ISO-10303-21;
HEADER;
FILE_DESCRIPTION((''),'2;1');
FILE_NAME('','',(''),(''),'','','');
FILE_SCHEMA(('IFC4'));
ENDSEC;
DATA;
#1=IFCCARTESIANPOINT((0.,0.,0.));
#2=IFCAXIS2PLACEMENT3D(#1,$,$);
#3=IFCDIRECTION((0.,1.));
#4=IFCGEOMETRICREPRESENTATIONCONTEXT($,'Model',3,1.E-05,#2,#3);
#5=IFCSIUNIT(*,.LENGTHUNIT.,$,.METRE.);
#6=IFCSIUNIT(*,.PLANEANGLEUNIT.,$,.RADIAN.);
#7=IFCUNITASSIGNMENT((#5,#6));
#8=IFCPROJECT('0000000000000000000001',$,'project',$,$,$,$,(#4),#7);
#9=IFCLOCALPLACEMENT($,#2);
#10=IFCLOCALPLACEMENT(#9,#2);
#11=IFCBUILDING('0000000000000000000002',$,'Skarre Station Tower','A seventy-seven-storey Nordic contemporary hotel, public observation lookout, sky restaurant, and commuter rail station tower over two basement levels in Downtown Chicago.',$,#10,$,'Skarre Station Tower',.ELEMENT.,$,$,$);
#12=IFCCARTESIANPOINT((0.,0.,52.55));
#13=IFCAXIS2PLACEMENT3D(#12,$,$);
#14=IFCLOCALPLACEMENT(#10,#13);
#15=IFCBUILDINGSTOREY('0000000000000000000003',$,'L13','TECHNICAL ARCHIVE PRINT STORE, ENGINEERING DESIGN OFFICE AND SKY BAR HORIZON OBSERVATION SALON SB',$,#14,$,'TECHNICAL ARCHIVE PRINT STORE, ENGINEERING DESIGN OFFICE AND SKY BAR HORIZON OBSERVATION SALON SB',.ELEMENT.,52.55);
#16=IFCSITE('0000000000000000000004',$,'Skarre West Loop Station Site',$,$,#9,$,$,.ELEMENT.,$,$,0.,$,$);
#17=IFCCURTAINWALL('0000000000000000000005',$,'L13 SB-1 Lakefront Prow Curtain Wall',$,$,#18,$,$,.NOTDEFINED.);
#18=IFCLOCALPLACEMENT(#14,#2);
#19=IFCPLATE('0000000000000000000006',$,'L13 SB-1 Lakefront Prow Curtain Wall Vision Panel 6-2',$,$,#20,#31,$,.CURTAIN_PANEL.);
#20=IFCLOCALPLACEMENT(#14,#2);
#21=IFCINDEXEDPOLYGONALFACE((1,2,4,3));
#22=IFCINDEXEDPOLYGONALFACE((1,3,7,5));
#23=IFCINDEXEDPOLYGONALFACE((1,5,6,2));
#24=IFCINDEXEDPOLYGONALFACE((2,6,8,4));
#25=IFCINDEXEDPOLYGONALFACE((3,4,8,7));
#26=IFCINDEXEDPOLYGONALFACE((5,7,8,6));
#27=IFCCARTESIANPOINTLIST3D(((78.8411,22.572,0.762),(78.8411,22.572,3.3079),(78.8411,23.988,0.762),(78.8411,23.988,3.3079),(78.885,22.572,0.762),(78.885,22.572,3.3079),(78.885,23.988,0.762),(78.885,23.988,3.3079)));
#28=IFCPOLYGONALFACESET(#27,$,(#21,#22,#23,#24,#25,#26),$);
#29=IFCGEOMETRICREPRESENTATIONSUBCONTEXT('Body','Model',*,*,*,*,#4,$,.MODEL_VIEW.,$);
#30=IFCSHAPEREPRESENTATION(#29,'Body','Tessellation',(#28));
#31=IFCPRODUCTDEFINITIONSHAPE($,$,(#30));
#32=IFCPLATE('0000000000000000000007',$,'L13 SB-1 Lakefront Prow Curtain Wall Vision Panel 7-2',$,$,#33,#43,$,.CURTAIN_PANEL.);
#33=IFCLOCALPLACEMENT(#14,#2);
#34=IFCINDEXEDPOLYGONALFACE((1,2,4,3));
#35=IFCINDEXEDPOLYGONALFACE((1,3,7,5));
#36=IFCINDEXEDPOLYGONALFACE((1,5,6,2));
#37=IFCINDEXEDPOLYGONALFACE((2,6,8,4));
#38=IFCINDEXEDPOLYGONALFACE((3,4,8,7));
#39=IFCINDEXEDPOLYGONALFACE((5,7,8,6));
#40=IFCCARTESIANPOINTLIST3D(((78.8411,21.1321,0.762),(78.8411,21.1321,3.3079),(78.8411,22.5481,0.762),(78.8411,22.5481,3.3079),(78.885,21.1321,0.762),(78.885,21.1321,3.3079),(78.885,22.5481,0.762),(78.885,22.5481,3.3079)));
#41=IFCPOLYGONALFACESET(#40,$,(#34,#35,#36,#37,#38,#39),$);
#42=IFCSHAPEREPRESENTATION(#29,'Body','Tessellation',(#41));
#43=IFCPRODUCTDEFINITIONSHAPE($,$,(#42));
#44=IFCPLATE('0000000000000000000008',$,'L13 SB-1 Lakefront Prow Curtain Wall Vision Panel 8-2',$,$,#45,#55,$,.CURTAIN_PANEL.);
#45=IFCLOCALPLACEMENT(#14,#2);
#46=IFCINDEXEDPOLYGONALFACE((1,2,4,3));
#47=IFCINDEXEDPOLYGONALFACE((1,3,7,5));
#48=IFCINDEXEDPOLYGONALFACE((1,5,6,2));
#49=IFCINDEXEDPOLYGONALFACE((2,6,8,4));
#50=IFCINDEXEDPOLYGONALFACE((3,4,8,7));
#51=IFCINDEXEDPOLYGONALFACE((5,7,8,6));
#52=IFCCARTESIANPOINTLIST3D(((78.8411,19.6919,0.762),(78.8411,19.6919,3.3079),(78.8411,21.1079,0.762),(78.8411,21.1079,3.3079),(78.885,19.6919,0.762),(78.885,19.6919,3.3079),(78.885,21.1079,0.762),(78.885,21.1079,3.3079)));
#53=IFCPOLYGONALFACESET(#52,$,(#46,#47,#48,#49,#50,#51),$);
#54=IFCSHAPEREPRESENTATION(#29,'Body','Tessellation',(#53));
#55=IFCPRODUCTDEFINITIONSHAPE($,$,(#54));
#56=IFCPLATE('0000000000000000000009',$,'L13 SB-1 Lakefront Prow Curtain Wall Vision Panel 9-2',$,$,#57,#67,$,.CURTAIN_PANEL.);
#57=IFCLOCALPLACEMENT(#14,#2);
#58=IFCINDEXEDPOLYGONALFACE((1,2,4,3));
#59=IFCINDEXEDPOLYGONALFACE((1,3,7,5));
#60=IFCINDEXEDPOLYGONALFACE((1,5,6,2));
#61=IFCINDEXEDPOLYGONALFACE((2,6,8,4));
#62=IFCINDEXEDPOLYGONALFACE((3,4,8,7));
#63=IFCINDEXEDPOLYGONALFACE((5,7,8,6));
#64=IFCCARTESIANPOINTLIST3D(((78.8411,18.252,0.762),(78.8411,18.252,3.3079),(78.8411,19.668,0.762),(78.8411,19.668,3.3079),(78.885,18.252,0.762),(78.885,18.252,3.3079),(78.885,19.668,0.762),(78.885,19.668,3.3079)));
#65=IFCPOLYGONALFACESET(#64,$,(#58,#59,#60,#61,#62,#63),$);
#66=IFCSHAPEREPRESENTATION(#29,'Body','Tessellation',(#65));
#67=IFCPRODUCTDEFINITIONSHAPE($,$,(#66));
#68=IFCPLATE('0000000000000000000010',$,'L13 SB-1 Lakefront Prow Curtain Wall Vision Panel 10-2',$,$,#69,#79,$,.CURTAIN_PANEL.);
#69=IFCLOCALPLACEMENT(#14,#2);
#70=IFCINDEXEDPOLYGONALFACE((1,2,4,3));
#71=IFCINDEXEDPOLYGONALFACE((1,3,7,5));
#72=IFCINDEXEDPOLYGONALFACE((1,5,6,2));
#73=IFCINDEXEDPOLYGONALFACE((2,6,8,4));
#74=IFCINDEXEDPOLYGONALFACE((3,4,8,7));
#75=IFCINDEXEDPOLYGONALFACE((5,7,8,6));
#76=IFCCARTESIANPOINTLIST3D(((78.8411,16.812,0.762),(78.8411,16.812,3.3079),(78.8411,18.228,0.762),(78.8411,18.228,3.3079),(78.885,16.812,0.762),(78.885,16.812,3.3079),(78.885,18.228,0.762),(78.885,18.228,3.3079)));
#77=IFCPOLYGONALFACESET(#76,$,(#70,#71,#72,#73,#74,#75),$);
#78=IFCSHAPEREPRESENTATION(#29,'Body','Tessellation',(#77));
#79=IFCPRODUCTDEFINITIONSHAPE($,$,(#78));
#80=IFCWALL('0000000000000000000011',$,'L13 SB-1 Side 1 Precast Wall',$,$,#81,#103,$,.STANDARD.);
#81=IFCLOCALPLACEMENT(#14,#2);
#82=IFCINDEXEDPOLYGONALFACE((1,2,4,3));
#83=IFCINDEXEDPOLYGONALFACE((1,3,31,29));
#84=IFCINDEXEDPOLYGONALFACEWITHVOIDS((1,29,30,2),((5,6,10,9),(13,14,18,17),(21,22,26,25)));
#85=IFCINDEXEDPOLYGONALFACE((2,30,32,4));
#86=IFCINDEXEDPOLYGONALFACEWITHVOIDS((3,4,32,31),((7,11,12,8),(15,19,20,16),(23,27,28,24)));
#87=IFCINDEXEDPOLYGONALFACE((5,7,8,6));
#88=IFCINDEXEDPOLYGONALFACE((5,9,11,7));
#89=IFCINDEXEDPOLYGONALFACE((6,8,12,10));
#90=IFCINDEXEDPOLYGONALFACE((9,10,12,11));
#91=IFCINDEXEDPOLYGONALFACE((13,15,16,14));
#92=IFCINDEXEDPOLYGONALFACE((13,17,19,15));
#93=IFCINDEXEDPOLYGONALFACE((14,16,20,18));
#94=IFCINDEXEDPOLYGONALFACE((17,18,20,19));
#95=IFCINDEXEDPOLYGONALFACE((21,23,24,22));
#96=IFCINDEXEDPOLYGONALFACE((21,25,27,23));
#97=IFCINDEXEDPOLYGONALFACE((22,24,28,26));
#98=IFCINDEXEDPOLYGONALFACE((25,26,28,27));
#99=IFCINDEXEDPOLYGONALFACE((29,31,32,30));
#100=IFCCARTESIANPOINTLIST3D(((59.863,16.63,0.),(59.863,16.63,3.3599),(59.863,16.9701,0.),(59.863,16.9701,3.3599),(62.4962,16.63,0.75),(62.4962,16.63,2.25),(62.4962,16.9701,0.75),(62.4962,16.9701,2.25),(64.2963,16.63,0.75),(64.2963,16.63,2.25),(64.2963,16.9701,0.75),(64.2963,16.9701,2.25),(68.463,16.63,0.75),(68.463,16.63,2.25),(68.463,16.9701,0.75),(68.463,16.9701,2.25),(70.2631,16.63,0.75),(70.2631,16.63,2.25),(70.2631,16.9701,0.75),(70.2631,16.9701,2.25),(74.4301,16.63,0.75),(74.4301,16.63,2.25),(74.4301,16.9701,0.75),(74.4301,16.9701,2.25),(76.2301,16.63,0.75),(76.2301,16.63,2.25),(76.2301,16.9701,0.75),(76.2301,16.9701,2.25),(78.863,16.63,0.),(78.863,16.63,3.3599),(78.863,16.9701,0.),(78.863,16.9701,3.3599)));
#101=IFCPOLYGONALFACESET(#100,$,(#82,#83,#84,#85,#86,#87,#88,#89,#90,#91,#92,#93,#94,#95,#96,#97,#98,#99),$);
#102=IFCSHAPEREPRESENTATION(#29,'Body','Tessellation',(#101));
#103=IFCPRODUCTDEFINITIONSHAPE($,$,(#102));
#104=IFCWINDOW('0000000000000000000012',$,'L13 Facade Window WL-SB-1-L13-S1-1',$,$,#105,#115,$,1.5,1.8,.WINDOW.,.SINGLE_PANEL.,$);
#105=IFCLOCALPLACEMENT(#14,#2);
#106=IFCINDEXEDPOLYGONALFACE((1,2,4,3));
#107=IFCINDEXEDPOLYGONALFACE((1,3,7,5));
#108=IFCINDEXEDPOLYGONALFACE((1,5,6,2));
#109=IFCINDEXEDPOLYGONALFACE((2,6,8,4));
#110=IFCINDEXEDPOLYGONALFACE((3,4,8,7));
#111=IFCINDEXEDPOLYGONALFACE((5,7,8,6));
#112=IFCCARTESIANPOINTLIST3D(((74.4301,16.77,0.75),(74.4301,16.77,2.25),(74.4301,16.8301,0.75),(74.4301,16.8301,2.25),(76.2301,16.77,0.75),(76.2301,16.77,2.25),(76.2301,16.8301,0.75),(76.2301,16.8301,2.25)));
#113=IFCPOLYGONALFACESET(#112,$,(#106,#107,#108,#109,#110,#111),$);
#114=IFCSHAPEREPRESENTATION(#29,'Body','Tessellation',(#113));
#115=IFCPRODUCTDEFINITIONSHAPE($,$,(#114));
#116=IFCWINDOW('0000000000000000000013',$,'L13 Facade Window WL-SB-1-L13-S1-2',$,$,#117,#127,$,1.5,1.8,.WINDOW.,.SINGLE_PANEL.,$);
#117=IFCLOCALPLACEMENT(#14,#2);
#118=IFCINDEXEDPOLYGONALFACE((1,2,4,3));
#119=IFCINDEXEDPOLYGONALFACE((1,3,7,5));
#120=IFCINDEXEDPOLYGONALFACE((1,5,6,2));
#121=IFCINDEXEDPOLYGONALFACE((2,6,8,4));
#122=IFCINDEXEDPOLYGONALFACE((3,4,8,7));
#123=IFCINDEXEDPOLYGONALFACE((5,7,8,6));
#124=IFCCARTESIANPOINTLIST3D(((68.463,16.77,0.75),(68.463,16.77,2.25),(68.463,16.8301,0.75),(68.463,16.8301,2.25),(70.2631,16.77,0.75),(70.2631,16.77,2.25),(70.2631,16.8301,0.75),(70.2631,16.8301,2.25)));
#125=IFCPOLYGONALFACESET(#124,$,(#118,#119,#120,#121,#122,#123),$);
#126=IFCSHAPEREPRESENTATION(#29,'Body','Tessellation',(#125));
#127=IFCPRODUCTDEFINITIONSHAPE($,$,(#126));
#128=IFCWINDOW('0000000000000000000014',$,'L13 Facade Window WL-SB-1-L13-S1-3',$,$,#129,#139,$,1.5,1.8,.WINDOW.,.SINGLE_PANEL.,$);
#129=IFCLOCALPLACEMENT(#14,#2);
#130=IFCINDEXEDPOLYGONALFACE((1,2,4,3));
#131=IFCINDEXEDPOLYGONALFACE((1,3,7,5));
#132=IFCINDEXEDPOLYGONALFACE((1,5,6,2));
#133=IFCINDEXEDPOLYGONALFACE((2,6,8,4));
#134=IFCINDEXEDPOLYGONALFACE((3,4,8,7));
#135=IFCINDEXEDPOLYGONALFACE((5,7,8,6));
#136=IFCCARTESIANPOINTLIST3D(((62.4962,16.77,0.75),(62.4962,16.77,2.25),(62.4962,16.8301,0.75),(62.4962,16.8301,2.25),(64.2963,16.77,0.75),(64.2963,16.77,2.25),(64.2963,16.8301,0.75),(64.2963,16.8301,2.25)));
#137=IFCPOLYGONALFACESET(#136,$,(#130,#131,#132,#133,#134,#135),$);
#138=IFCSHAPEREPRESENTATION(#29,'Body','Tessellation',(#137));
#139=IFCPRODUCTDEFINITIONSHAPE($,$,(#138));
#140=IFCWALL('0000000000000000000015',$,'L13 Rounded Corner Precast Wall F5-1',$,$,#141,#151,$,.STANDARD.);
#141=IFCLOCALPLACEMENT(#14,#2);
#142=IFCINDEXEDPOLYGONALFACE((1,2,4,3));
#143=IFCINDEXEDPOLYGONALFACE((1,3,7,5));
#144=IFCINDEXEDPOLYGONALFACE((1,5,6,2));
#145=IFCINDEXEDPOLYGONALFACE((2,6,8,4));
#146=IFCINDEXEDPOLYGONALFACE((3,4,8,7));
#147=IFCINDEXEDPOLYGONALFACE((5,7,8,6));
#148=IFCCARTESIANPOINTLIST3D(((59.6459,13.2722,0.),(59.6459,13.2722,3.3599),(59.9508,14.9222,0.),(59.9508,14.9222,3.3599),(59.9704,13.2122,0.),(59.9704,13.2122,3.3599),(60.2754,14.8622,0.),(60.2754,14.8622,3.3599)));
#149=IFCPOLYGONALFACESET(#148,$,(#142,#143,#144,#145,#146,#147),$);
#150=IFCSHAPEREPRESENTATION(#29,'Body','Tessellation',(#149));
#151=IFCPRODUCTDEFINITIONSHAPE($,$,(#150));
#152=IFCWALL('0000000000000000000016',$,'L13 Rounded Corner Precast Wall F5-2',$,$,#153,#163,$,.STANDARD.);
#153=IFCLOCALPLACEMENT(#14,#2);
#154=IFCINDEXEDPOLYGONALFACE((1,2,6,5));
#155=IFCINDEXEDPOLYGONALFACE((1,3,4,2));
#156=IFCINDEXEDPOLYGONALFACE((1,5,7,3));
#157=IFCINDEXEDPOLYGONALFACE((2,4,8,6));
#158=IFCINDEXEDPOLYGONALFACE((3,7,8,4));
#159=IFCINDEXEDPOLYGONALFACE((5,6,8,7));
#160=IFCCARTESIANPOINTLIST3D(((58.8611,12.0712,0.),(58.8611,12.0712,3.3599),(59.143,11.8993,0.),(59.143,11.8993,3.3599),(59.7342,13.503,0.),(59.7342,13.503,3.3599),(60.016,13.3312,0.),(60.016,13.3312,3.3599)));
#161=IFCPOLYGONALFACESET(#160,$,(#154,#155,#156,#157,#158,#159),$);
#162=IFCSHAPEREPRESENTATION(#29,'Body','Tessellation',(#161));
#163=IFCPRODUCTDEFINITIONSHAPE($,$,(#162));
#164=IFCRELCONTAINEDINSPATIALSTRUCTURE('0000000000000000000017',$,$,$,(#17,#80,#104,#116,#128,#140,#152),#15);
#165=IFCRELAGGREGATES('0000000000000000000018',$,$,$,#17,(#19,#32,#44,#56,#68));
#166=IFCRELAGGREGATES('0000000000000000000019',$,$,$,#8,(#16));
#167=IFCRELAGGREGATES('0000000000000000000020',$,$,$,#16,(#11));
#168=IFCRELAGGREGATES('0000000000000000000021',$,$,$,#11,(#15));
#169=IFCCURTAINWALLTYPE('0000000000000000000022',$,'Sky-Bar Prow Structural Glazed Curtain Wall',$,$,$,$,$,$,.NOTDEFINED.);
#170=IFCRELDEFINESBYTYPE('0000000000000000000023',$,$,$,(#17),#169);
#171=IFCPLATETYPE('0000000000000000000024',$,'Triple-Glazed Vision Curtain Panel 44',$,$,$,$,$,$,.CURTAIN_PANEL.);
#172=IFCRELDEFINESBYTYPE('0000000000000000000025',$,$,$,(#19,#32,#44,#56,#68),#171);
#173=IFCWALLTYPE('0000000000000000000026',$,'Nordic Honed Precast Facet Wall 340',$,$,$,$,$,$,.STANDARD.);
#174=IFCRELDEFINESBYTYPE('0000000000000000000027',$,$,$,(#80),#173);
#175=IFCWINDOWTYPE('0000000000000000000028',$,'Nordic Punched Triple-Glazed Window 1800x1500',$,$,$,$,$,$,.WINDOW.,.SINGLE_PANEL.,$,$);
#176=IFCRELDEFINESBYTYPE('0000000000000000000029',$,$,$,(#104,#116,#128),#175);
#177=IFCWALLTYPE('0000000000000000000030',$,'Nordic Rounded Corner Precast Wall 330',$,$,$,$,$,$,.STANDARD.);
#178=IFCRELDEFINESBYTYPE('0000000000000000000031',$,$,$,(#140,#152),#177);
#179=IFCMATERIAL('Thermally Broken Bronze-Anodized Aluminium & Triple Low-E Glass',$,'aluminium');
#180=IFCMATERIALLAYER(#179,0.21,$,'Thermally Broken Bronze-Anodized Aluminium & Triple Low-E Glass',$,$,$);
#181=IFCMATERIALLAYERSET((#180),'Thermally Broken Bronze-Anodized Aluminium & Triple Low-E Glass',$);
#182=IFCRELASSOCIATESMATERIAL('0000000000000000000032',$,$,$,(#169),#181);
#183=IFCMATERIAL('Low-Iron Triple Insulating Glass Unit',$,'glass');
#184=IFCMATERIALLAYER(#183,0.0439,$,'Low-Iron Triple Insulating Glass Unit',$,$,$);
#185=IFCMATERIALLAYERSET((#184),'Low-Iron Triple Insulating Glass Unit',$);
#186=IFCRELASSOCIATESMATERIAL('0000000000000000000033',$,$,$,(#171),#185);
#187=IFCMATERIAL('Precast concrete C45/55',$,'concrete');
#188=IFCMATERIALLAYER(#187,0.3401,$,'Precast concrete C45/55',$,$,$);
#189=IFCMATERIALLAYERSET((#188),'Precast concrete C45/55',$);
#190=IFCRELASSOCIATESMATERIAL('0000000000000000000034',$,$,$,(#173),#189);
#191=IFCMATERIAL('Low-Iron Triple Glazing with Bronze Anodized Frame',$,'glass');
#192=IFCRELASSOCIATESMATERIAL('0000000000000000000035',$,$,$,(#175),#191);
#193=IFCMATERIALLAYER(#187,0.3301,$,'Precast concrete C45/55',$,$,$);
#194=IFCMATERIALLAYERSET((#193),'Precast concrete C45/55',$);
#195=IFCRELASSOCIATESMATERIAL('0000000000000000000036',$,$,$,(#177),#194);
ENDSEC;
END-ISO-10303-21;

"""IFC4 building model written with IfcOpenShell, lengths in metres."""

from ifc_helpers import new_model, si_unit, direction, frame, frame_2d, origin, origin_2d, place, context, subcontext, project, spatial, rectangle, extrude, material, layer, layer_set, type_object, element, fill, aggregate, save


model = new_model("IFC4")

# Units and contexts
model_context = context("Model", 3, precision=1e-05, world=origin(), true_north=direction((0.0, 1.0)))
body_context = subcontext(model_context, "Body", "Model", "MODEL_VIEW")
ifc_project = project(units=[si_unit("LENGTHUNIT", "METRE"), si_unit("PLANEANGLEUNIT", "RADIAN")], contexts=[model_context])

# Site, building, storey
site_placement = place(None, origin())
site = spatial("IfcSite", under=ifc_project, at=site_placement, Name="Skarre West Loop Station Site", CompositionType="ELEMENT", RefElevation=0.0)
building_placement = place(site_placement, origin())
building = spatial("IfcBuilding", under=site, at=building_placement, Name="Skarre Station Tower", Description="A seventy-seven-storey Nordic contemporary hotel, public observation lookout, sky restaurant, and commuter rail station tower over two basement levels in Downtown Chicago.", LongName="Skarre Station Tower", CompositionType="ELEMENT")
storey_placement = place(building_placement, frame((0.0, 0.0, 52.55)))
storey = spatial("IfcBuildingStorey", under=building, at=storey_placement, Name="L13", Description="TECHNICAL ARCHIVE PRINT STORE, ENGINEERING DESIGN OFFICE AND SKY BAR HORIZON OBSERVATION SALON SB", LongName="TECHNICAL ARCHIVE PRINT STORE, ENGINEERING DESIGN OFFICE AND SKY BAR HORIZON OBSERVATION SALON SB", CompositionType="ELEMENT", Elevation=52.55)

# Curtain wall
ifc_material_1 = material(Name="Thermally Broken Bronze-Anodized Aluminium & Triple Low-E Glass", Category="aluminium")
ifc_layer_1 = layer(ifc_material_1, 0.21, Name="Thermally Broken Bronze-Anodized Aluminium & Triple Low-E Glass")
ifc_layer_set_1 = layer_set([ifc_layer_1], Name="Thermally Broken Bronze-Anodized Aluminium & Triple Low-E Glass")
curtain_wall_type = type_object("IfcCurtainWallType", Name="Sky-Bar Prow Structural Glazed Curtain Wall", PredefinedType="NOTDEFINED", material=ifc_layer_set_1)
curtain_wall_placement = place(storey_placement, origin())
curtain_wall = element("IfcCurtainWall", 1, at=curtain_wall_placement, inside=storey, type_object=curtain_wall_type, Name="L13 SB-1 Lakefront Prow Curtain Wall", PredefinedType="NOTDEFINED")

# Plates
ifc_material_2 = material(Name="Low-Iron Triple Insulating Glass Unit", Category="glass")
ifc_layer_2 = layer(ifc_material_2, 0.0439, Name="Low-Iron Triple Insulating Glass Unit")
ifc_layer_set_2 = layer_set([ifc_layer_2], Name="Low-Iron Triple Insulating Glass Unit")
plate_type_1 = type_object("IfcPlateType", Name="Triple-Glazed Vision Curtain Panel 44", PredefinedType="CURTAIN_PANEL", material=ifc_layer_set_2)
plate_1_placement = place(storey_placement, frame((78.863, 23.28, 0.762), z_axis=(0.0, 0.0, 1.0), x_axis=(0.0, -1.0, 0.0)))
plate_1 = element("IfcPlate", 2, at=plate_1_placement, type_object=plate_type_1, Name="L13 SB-1 Lakefront Prow Curtain Wall Vision Panel 6-2", PredefinedType="CURTAIN_PANEL", context=body_context, shape_type="SweptSolid", body=[
    extrude(rectangle(XDim=1.416, YDim=0.0439, at=origin_2d()), origin(), (0.0, 0.0, 1.0), 2.5459),
])
plate_2_placement = place(storey_placement, frame((78.863, 21.8401, 0.762), z_axis=(0.0, 0.0, 1.0), x_axis=(0.0, -1.0, 0.0)))
plate_2 = element("IfcPlate", 3, at=plate_2_placement, type_object=plate_type_1, Name="L13 SB-1 Lakefront Prow Curtain Wall Vision Panel 7-2", PredefinedType="CURTAIN_PANEL", context=body_context, shape_type="SweptSolid", body=[
    extrude(rectangle(XDim=1.416, YDim=0.0439, at=origin_2d()), origin(), (0.0, 0.0, 1.0), 2.5459),
])
plate_3_placement = place(storey_placement, frame((78.863, 20.3999, 0.762), z_axis=(0.0, 0.0, 1.0), x_axis=(0.0, -1.0, 0.0)))
plate_3 = element("IfcPlate", 4, at=plate_3_placement, type_object=plate_type_1, Name="L13 SB-1 Lakefront Prow Curtain Wall Vision Panel 8-2", PredefinedType="CURTAIN_PANEL", context=body_context, shape_type="SweptSolid", body=[
    extrude(rectangle(XDim=1.416, YDim=0.0439, at=origin_2d()), origin(), (0.0, 0.0, 1.0), 2.5459),
])
plate_4_placement = place(storey_placement, frame((78.863, 18.96, 0.762), z_axis=(0.0, 0.0, 1.0), x_axis=(0.0, -1.0, 0.0)))
plate_4 = element("IfcPlate", 5, at=plate_4_placement, type_object=plate_type_1, Name="L13 SB-1 Lakefront Prow Curtain Wall Vision Panel 9-2", PredefinedType="CURTAIN_PANEL", context=body_context, shape_type="SweptSolid", body=[
    extrude(rectangle(XDim=1.416, YDim=0.0439, at=origin_2d()), origin(), (0.0, 0.0, 1.0), 2.5459),
])
plate_5_placement = place(storey_placement, frame((78.863, 17.52, 0.762), z_axis=(0.0, 0.0, 1.0), x_axis=(0.0, -1.0, 0.0)))
plate_5 = element("IfcPlate", 6, at=plate_5_placement, type_object=plate_type_1, Name="L13 SB-1 Lakefront Prow Curtain Wall Vision Panel 10-2", PredefinedType="CURTAIN_PANEL", context=body_context, shape_type="SweptSolid", body=[
    extrude(rectangle(XDim=1.416, YDim=0.0439, at=origin_2d()), origin(), (0.0, 0.0, 1.0), 2.5459),
])
aggregate(curtain_wall, [plate_1, plate_2, plate_3, plate_4, plate_5])

# Wall, openings, windows
ifc_material_3 = material(Name="Precast concrete C45/55", Category="concrete")
ifc_layer_3 = layer(ifc_material_3, 0.3401, Name="Precast concrete C45/55")
ifc_layer_set_3 = layer_set([ifc_layer_3], Name="Precast concrete C45/55")
wall_type_1 = type_object("IfcWallType", Name="Nordic Honed Precast Facet Wall 340", PredefinedType="STANDARD", material=ifc_layer_set_3)
wall_1_placement = place(storey_placement, frame((78.863, 16.8, 0.0), z_axis=(0.0, 0.0, 1.0), x_axis=(-1.0, 0.0, 0.0)))
wall_1 = element("IfcWall", 7, at=wall_1_placement, inside=storey, type_object=wall_type_1, Name="L13 SB-1 Side 1 Precast Wall", PredefinedType="STANDARD", context=body_context, shape_type="SweptSolid", body=[
    extrude(rectangle(XDim=19.0, YDim=0.3401, at=frame_2d((9.5, 0.0))), origin(), (0.0, 0.0, 1.0), 3.3599),
])
opening_1_placement = place(wall_1_placement, frame((2.6331, 0.0, 0.75)))
opening_1 = element("IfcOpeningElement", 8, at=opening_1_placement, cuts=wall_1, PredefinedType="OPENING", context=body_context, shape_type="SweptSolid", body=[
    extrude(rectangle(XDim=1.8, YDim=1.5, at=frame_2d((0.8999, 0.75))), frame((0.0, 0.1799, 0.0), z_axis=(0.0, -1.0, 0.0), x_axis=(1.0, 0.0, 0.0)), (0.0, 0.0, 1.0), 0.3601),
])
opening_2_placement = place(wall_1_placement, frame((8.6001, 0.0, 0.75)))
opening_2 = element("IfcOpeningElement", 9, at=opening_2_placement, cuts=wall_1, PredefinedType="OPENING", context=body_context, shape_type="SweptSolid", body=[
    extrude(rectangle(XDim=1.8, YDim=1.5, at=frame_2d((0.8999, 0.75))), frame((0.0, 0.1799, 0.0), z_axis=(0.0, -1.0, 0.0), x_axis=(1.0, 0.0, 0.0)), (0.0, 0.0, 1.0), 0.3601),
])
opening_3_placement = place(wall_1_placement, frame((14.5669, 0.0, 0.75)))
opening_3 = element("IfcOpeningElement", 10, at=opening_3_placement, cuts=wall_1, PredefinedType="OPENING", context=body_context, shape_type="SweptSolid", body=[
    extrude(rectangle(XDim=1.8, YDim=1.5, at=frame_2d((0.8999, 0.75))), frame((0.0, 0.1799, 0.0), z_axis=(0.0, -1.0, 0.0), x_axis=(1.0, 0.0, 0.0)), (0.0, 0.0, 1.0), 0.3601),
])
ifc_material_4 = material(Name="Low-Iron Triple Glazing with Bronze Anodized Frame", Category="glass")
window_type = type_object("IfcWindowType", Name="Nordic Punched Triple-Glazed Window 1800x1500", PartitioningType="SINGLE_PANEL", PredefinedType="WINDOW", material=ifc_material_4)
window_1_placement = place(opening_1_placement, origin())
window_1 = element("IfcWindow", 11, at=window_1_placement, inside=storey, type_object=window_type, Name="L13 Facade Window WL-SB-1-L13-S1-1", OverallHeight=1.5, OverallWidth=1.8, PartitioningType="SINGLE_PANEL", PredefinedType="WINDOW", context=body_context, shape_type="SweptSolid", body=[
    extrude(rectangle(XDim=1.8, YDim=1.5, at=frame_2d((0.8999, 0.75))), frame((0.0, 0.03, 0.0), z_axis=(0.0, -1.0, 0.0), x_axis=(1.0, 0.0, 0.0)), (0.0, 0.0, 1.0), 0.0601),
])
fill(opening_1, window_1)
window_2_placement = place(opening_2_placement, origin())
window_2 = element("IfcWindow", 12, at=window_2_placement, inside=storey, type_object=window_type, Name="L13 Facade Window WL-SB-1-L13-S1-2", OverallHeight=1.5, OverallWidth=1.8, PartitioningType="SINGLE_PANEL", PredefinedType="WINDOW", context=body_context, shape_type="SweptSolid", body=[
    extrude(rectangle(XDim=1.8, YDim=1.5, at=frame_2d((0.8999, 0.75))), frame((0.0, 0.03, 0.0), z_axis=(0.0, -1.0, 0.0), x_axis=(1.0, 0.0, 0.0)), (0.0, 0.0, 1.0), 0.0601),
])
fill(opening_2, window_2)
window_3_placement = place(opening_3_placement, origin())
window_3 = element("IfcWindow", 13, at=window_3_placement, inside=storey, type_object=window_type, Name="L13 Facade Window WL-SB-1-L13-S1-3", OverallHeight=1.5, OverallWidth=1.8, PartitioningType="SINGLE_PANEL", PredefinedType="WINDOW", context=body_context, shape_type="SweptSolid", body=[
    extrude(rectangle(XDim=1.8, YDim=1.5, at=frame_2d((0.8999, 0.75))), frame((0.0, 0.03, 0.0), z_axis=(0.0, -1.0, 0.0), x_axis=(1.0, 0.0, 0.0)), (0.0, 0.0, 1.0), 0.0601),
])
fill(opening_3, window_3)

# Walls
ifc_layer_4 = layer(ifc_material_3, 0.3301, Name="Precast concrete C45/55")
ifc_layer_set_4 = layer_set([ifc_layer_4], Name="Precast concrete C45/55")
wall_type_2 = type_object("IfcWallType", Name="Nordic Rounded Corner Precast Wall 330", PredefinedType="STANDARD", material=ifc_layer_set_4)
wall_2_placement = place(storey_placement, frame((60.113, 14.8921, 0.0), z_axis=(0.0, 0.0, 1.0), x_axis=(-0.181714, -0.983351, 0.0)))
element("IfcWall", 14, at=wall_2_placement, inside=storey, type_object=wall_type_2, Name="L13 Rounded Corner Precast Wall F5-1", PredefinedType="STANDARD", context=body_context, shape_type="SweptSolid", body=[
    extrude(rectangle(XDim=1.678, YDim=0.3301, at=frame_2d((0.8389, 0.0))), origin(), (0.0, 0.0, 1.0), 3.3599),
])
wall_3_placement = place(storey_placement, frame((59.875, 13.417, 0.0), z_axis=(0.0, 0.0, 1.0), x_axis=(-0.520584, -0.85381, 0.0)))
element("IfcWall", 15, at=wall_3_placement, inside=storey, type_object=wall_type_2, Name="L13 Rounded Corner Precast Wall F5-2", PredefinedType="STANDARD", context=body_context, shape_type="SweptSolid", body=[
    extrude(rectangle(XDim=1.677, YDim=0.3301, at=frame_2d((0.8384, 0.0))), origin(), (0.0, 0.0, 1.0), 3.3599),
])

save(model, "model.ifc")
